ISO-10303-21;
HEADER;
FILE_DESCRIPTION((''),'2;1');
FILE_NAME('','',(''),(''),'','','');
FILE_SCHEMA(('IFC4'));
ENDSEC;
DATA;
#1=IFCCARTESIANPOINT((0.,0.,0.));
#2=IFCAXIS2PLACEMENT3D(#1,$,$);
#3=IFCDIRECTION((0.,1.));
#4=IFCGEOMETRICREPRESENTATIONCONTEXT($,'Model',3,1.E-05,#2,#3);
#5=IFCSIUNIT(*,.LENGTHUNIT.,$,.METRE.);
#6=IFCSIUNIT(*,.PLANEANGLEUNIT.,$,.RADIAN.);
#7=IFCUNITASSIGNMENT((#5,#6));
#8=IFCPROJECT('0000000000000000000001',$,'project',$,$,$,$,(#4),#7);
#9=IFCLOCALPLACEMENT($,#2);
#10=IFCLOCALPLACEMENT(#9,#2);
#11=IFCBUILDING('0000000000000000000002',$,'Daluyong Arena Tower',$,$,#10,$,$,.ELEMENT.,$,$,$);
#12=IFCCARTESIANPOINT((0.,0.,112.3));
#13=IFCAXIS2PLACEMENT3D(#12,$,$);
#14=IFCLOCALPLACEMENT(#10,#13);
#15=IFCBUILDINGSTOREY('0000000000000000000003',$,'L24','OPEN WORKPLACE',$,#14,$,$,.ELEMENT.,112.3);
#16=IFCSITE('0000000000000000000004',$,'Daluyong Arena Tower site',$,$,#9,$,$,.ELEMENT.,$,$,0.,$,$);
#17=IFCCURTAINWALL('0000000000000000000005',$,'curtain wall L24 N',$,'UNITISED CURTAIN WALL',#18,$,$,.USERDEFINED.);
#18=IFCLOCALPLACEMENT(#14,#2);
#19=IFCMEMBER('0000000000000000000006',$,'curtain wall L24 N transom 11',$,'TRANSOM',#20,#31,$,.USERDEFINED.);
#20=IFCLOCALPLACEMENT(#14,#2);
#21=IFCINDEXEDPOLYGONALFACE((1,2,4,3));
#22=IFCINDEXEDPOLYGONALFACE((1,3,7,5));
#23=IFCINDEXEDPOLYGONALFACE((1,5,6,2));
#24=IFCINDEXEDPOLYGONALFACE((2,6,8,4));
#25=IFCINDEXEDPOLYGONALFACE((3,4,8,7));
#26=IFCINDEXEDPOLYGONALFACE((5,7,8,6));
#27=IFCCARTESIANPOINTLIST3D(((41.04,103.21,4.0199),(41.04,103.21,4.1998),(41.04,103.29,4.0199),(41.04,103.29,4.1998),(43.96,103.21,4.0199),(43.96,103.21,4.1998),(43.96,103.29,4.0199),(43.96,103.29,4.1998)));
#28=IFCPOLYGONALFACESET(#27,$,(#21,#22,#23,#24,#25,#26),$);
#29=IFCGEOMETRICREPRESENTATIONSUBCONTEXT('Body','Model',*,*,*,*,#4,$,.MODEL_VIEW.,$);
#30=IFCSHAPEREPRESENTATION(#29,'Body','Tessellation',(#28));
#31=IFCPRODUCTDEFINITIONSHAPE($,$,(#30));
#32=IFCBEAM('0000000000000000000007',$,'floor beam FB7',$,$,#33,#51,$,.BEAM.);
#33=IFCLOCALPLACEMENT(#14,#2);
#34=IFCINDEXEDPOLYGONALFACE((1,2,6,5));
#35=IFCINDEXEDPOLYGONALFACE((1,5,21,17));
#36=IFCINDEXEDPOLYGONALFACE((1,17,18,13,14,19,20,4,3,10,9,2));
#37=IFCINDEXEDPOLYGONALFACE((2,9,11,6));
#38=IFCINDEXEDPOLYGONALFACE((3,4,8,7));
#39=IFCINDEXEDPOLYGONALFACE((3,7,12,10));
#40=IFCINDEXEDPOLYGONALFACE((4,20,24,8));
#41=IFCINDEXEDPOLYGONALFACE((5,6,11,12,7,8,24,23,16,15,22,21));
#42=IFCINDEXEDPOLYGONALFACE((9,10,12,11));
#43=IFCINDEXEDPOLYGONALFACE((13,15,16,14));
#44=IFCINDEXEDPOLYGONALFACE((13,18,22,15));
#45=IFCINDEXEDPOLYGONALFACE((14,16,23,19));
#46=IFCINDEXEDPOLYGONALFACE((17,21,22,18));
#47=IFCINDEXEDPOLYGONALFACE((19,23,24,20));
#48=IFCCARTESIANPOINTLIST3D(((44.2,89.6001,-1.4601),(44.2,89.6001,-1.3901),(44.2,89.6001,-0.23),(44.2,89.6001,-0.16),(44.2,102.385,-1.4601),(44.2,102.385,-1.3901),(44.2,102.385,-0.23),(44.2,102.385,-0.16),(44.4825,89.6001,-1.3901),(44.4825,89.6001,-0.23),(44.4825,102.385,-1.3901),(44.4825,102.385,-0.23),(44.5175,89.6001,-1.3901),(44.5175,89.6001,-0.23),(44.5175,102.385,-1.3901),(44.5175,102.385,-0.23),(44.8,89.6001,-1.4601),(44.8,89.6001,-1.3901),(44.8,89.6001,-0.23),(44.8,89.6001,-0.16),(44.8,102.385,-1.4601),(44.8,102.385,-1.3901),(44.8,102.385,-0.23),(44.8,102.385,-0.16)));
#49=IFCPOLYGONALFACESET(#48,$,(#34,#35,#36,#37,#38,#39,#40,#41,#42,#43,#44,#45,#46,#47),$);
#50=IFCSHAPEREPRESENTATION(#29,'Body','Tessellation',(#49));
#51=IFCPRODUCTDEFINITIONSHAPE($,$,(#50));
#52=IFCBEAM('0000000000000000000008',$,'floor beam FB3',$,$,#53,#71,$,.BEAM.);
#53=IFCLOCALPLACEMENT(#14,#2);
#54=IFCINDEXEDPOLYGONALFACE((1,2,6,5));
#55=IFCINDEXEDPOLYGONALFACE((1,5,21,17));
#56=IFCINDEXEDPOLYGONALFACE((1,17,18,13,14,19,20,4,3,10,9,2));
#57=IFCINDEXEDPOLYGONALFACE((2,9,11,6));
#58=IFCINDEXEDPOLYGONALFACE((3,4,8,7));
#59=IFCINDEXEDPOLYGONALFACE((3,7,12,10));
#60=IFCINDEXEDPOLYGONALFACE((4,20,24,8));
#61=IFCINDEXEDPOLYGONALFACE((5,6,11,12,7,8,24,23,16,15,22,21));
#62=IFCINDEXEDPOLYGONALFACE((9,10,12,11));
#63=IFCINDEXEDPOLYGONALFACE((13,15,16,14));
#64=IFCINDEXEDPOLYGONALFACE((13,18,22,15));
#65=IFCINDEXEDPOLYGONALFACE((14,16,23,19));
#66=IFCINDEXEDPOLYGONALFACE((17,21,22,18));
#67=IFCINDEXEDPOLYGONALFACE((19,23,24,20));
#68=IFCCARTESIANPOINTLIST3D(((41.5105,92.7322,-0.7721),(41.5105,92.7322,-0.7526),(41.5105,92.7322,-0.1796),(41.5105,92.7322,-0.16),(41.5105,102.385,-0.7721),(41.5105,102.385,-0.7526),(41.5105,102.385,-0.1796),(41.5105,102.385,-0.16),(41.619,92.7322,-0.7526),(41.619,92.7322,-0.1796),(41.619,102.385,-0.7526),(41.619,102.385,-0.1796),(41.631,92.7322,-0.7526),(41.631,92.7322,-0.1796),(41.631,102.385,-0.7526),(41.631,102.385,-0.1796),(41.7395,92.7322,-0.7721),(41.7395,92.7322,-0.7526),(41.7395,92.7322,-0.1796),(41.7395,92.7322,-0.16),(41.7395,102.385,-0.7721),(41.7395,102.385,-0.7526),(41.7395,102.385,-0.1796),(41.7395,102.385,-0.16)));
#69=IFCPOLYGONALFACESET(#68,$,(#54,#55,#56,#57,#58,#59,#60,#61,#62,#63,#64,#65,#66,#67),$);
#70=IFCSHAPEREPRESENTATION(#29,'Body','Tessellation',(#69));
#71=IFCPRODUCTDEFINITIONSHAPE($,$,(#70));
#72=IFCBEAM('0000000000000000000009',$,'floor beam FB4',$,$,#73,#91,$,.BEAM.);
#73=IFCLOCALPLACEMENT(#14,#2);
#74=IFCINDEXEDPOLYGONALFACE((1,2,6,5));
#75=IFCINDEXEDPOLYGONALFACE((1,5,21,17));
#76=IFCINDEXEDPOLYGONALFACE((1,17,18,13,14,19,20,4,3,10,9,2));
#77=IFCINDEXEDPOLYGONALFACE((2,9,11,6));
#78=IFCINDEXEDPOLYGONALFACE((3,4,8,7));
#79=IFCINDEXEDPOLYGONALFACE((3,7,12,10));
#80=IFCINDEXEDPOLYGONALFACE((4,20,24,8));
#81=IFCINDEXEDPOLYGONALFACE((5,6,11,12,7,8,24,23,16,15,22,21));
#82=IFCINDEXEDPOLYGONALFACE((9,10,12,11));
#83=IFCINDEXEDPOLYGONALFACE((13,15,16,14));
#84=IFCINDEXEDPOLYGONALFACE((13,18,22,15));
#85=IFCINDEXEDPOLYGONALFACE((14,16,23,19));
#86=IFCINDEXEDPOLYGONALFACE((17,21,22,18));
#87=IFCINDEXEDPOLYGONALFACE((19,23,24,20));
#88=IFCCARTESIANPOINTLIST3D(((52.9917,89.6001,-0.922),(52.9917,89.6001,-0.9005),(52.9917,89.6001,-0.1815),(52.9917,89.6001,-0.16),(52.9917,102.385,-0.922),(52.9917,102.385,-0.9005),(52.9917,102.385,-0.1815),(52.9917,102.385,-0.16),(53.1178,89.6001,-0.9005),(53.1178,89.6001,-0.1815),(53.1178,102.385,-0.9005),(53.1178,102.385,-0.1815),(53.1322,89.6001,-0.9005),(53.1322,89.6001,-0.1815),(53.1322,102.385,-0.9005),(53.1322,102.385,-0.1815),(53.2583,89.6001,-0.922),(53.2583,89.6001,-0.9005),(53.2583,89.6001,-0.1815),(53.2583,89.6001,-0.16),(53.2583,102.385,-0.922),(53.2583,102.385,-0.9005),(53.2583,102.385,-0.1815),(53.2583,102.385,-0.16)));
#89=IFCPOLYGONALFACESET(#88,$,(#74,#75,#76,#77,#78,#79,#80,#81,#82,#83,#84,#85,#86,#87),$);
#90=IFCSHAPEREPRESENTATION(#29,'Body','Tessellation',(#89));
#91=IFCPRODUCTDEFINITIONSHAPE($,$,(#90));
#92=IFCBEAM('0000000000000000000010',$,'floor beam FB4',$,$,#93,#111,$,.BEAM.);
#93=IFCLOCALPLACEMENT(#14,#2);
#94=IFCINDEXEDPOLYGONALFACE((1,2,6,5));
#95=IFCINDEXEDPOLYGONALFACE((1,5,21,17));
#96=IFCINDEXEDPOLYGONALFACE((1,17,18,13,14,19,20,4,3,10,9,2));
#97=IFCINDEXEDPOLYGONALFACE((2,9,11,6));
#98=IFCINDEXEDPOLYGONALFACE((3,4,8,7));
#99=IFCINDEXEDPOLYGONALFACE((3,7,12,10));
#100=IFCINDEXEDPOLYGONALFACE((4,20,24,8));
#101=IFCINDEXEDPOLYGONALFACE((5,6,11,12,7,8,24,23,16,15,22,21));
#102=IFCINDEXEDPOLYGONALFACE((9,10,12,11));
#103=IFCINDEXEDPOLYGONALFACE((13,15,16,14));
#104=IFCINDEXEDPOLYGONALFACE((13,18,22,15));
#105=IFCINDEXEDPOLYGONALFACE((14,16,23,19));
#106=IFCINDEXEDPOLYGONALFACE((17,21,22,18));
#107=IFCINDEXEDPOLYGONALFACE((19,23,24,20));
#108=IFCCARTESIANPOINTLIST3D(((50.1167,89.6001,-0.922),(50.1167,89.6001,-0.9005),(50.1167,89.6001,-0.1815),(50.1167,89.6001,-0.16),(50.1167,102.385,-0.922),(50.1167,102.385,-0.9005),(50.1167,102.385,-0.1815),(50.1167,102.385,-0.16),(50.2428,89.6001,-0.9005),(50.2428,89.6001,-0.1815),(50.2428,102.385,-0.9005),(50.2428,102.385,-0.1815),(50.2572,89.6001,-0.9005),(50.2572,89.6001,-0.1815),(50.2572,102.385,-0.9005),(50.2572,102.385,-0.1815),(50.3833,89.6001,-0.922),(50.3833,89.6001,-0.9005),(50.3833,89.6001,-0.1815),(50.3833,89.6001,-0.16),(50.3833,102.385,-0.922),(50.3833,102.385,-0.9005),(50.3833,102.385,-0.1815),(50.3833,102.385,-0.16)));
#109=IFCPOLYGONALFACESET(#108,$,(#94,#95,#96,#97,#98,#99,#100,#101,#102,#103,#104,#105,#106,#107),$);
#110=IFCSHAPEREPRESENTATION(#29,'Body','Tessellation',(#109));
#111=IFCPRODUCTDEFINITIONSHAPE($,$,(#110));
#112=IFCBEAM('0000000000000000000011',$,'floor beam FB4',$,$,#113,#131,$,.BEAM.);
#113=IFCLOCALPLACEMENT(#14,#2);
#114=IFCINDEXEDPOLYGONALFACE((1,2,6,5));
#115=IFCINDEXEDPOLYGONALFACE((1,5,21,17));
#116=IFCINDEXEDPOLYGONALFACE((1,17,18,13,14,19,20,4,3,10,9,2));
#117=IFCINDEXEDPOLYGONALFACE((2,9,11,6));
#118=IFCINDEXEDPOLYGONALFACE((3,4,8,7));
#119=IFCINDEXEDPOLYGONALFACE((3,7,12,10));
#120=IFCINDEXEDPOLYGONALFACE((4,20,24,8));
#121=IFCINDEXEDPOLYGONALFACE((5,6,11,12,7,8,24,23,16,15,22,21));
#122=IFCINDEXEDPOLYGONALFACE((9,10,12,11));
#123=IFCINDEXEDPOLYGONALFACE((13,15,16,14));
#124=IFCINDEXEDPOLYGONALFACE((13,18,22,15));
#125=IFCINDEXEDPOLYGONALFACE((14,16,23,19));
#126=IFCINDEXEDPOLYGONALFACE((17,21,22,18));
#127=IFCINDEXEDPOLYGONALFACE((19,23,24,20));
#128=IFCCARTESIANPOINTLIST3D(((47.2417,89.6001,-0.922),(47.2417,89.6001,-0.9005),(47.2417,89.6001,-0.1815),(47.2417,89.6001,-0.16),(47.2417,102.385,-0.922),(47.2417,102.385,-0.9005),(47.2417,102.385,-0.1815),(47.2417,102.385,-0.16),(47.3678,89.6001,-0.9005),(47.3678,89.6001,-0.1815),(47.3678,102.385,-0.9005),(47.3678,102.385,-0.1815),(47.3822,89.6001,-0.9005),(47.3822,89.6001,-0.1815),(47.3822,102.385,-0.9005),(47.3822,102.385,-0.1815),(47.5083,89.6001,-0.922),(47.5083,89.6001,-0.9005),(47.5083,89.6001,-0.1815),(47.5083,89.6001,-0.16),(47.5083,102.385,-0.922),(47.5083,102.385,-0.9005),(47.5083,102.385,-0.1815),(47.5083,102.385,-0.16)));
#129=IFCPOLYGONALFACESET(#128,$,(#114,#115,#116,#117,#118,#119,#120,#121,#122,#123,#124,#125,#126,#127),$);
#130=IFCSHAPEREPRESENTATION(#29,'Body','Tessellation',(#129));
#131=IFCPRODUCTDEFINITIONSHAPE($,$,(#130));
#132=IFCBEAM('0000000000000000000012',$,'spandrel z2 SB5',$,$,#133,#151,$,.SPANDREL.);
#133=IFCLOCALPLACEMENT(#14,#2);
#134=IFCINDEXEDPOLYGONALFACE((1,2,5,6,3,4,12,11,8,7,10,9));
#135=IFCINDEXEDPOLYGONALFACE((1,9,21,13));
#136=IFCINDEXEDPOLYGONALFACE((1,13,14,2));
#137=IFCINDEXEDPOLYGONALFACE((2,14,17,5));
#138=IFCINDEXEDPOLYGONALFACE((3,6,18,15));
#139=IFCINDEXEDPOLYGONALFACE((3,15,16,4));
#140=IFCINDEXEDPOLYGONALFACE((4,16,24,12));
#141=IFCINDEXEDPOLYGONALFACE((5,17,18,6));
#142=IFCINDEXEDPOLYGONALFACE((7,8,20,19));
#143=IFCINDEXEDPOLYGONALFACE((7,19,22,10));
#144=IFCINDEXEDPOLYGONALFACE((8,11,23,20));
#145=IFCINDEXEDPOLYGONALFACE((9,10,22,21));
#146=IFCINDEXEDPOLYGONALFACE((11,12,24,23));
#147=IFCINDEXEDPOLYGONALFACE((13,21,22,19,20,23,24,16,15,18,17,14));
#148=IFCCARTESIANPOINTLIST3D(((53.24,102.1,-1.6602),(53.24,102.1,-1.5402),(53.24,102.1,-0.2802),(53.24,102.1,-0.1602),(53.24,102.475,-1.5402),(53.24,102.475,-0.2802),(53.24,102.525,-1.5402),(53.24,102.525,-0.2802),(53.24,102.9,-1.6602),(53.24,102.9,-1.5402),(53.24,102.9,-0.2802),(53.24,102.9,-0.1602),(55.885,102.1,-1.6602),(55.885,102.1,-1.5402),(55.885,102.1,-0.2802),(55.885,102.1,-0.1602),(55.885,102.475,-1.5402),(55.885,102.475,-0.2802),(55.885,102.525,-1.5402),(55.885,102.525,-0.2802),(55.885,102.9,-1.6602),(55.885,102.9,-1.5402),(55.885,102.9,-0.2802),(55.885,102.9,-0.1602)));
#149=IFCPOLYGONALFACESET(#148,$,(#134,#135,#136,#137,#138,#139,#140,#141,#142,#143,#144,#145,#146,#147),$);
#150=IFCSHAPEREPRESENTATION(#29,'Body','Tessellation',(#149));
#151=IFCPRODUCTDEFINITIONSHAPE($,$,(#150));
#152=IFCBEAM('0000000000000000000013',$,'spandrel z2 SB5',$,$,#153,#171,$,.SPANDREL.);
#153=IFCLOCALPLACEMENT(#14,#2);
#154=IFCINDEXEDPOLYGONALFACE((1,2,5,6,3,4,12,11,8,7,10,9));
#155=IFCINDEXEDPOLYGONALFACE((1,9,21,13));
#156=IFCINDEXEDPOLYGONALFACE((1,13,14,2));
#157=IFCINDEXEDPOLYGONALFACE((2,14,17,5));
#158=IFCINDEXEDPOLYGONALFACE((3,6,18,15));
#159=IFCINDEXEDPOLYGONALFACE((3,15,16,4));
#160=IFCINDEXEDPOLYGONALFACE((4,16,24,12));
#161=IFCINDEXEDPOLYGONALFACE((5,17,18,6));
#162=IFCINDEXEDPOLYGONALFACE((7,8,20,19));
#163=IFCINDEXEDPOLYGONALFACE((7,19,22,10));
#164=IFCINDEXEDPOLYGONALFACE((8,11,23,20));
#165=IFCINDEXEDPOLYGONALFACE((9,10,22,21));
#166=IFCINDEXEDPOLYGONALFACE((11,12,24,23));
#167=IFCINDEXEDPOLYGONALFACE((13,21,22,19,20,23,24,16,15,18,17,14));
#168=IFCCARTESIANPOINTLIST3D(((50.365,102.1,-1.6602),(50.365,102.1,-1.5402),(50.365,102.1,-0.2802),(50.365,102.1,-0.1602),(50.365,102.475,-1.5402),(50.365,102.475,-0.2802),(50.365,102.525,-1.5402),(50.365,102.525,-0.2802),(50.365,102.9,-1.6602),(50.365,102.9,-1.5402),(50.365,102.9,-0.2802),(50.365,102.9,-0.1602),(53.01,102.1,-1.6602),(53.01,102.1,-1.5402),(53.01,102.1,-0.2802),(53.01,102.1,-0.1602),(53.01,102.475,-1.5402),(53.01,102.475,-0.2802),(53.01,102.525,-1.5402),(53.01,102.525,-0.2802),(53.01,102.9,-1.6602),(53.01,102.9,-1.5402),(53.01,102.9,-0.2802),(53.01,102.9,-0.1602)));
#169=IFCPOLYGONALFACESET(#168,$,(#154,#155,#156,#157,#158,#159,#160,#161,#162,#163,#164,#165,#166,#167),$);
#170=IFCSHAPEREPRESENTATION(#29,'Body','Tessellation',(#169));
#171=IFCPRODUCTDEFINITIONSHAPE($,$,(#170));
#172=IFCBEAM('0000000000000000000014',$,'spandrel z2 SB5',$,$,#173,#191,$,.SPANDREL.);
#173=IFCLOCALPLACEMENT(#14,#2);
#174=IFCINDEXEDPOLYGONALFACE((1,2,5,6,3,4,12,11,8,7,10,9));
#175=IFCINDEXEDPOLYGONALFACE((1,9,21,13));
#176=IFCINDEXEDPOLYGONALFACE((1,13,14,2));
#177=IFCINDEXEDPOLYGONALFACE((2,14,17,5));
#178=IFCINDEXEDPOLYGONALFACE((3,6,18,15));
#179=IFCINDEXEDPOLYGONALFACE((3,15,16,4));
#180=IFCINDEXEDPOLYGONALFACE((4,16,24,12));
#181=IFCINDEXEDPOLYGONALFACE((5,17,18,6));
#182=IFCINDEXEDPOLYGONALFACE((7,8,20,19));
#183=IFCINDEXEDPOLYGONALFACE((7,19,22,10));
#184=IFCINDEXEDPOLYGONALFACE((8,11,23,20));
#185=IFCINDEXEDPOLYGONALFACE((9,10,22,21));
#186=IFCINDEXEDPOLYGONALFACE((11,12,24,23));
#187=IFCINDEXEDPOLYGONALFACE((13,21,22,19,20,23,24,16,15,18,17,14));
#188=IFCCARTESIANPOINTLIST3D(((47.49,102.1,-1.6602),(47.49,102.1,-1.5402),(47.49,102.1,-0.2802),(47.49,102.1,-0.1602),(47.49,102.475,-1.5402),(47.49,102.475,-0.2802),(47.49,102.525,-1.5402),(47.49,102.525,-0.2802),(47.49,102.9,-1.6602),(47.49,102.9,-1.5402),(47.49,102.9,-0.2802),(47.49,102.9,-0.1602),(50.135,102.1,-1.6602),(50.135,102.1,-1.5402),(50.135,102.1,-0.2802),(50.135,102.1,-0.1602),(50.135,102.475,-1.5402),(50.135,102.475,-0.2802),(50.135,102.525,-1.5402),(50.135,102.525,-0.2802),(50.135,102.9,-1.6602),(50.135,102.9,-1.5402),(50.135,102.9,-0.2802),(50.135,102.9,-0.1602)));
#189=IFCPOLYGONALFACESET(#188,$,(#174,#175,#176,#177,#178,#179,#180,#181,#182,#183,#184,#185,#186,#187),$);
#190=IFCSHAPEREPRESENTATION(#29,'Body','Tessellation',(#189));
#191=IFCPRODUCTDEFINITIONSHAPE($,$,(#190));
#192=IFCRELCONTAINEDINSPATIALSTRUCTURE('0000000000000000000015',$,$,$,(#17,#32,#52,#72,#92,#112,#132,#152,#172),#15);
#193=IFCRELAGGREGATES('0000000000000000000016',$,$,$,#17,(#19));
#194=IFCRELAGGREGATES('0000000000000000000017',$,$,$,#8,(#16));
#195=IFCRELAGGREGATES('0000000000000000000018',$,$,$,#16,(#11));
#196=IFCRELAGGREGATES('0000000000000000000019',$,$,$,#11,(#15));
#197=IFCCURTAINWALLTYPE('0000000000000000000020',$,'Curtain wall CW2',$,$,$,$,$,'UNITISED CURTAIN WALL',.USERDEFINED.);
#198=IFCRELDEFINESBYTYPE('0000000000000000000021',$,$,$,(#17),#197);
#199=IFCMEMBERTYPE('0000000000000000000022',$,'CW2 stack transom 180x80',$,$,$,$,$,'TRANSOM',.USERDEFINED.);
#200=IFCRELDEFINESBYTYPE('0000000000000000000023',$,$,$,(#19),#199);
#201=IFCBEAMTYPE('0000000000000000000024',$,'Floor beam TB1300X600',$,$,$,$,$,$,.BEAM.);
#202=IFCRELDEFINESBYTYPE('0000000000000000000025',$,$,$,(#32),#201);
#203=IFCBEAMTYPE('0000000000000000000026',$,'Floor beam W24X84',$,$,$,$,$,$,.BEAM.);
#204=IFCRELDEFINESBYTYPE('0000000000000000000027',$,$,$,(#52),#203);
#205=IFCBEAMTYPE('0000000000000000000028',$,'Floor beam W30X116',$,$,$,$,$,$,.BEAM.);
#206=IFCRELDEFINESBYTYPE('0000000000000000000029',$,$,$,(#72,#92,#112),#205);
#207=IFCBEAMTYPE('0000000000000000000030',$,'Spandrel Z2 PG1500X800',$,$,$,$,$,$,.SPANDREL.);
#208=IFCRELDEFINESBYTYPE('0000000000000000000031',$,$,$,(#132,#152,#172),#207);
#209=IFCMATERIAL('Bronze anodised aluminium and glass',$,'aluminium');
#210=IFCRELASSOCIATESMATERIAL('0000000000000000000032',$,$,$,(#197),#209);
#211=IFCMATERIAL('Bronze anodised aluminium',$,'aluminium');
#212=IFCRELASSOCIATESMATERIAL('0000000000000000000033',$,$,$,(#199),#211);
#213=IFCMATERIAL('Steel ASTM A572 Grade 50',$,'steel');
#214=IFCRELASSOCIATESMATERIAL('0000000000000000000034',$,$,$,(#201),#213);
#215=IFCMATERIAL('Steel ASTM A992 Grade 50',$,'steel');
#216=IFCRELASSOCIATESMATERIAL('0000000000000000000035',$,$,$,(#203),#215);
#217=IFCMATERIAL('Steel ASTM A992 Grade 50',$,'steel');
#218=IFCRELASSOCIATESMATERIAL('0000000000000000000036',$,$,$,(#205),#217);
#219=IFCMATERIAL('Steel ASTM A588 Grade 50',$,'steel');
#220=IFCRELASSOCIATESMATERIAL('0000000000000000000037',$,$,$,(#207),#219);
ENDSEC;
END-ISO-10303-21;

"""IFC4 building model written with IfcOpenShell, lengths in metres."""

from ifc_helpers import new_model, si_unit, direction, frame, origin, origin_2d, place, context, subcontext, project, spatial, rectangle, i_section, extrude, material, material_profile, profile_set, type_object, element, aggregate, save


model = new_model("IFC4")

# Units and contexts
model_context = context("Model", 3, precision=1e-05, world=origin(), true_north=direction((0.0, 1.0)))
body_context = subcontext(model_context, "Body", "Model", "MODEL_VIEW")
ifc_project = project(units=[si_unit("LENGTHUNIT", "METRE"), si_unit("PLANEANGLEUNIT", "RADIAN")], contexts=[model_context])

# Site, building, storey
site_placement = place(None, origin())
site = spatial("IfcSite", under=ifc_project, at=site_placement, Name="Daluyong Arena Tower site", CompositionType="ELEMENT", RefElevation=0.0)
building_placement = place(site_placement, origin())
building = spatial("IfcBuilding", under=site, at=building_placement, Name="Daluyong Arena Tower", CompositionType="ELEMENT")
storey_placement = place(building_placement, frame((0.0, 0.0, 112.3)))
storey = spatial("IfcBuildingStorey", under=building, at=storey_placement, Name="L24", Description="OPEN WORKPLACE", CompositionType="ELEMENT", Elevation=112.3)

# Curtain wall, member
ifc_material_1 = material(Name="Bronze anodised aluminium and glass", Category="aluminium")
curtain_wall_type = type_object("IfcCurtainWallType", Name="Curtain wall CW2", ElementType="UNITISED CURTAIN WALL", PredefinedType="USERDEFINED", material=ifc_material_1)
curtain_wall_placement = place(storey_placement, origin())
curtain_wall = element("IfcCurtainWall", 1, at=curtain_wall_placement, inside=storey, type_object=curtain_wall_type, Name="curtain wall L24 N", ObjectType="UNITISED CURTAIN WALL", PredefinedType="USERDEFINED")
ifc_material_2 = material(Name="Bronze anodised aluminium", Category="aluminium")
ifc_material_profile_1 = material_profile(ifc_material_2, rectangle(XDim=0.0801, YDim=0.1799, at=origin_2d()))
ifc_profile_set_1 = profile_set([ifc_material_profile_1], Name="Bronze anodised aluminium")
member_type_1 = type_object("IfcMemberType", Name="CW2 stack transom 180x80", ElementType="TRANSOM", PredefinedType="USERDEFINED", material=ifc_profile_set_1)
member_1_placement = place(storey_placement, frame((43.96, 103.25, 4.1099), z_axis=(-1.0, 0.0, 0.0), x_axis=(0.0, -1.0, 0.0)))
member_1 = element("IfcMember", 2, at=member_1_placement, type_object=member_type_1, Name="curtain wall L24 N transom 11", ObjectType="TRANSOM", PredefinedType="USERDEFINED", context=body_context, shape_type="SweptSolid", body=[
    extrude(rectangle(XDim=0.0801, YDim=0.1799, at=origin_2d()), origin(), (0.0, 0.0, 1.0), 2.9199),
])

# Beams
ifc_material_3 = material(Name="Steel ASTM A572 Grade 50", Category="steel")
ifc_material_profile_2 = material_profile(ifc_material_3, i_section(OverallWidth=0.6001, OverallDepth=1.3, WebThickness=0.035, FlangeThickness=0.07, at=origin_2d()))
ifc_profile_set_2 = profile_set([ifc_material_profile_2], Name="Steel ASTM A572 Grade 50")
beam_type_1 = type_object("IfcBeamType", Name="Floor beam TB1300X600", PredefinedType="BEAM", material=ifc_profile_set_2)
beam_1_placement = place(storey_placement, frame((44.5, 102.385, -0.8101), z_axis=(0.0, -1.0, 0.0), x_axis=(1.0, 0.0, 0.0)))
element("IfcBeam", 3, at=beam_1_placement, inside=storey, type_object=beam_type_1, Name="floor beam FB7", PredefinedType="BEAM", context=body_context, shape_type="SweptSolid", body=[
    extrude(i_section(OverallWidth=0.6001, OverallDepth=1.3, WebThickness=0.035, FlangeThickness=0.07, at=origin_2d()), origin(), (0.0, 0.0, 1.0), 12.7849),
])
ifc_material_4 = material(Name="Steel ASTM A992 Grade 50", Category="steel")
ifc_material_profile_3 = material_profile(ifc_material_4, i_section(OverallWidth=0.229, OverallDepth=0.6121, WebThickness=0.012, FlangeThickness=0.0195, at=origin_2d()))
ifc_profile_set_3 = profile_set([ifc_material_profile_3], Name="Steel ASTM A992 Grade 50")
beam_type_2 = type_object("IfcBeamType", Name="Floor beam W24X84", PredefinedType="BEAM", material=ifc_profile_set_3)
beam_2_placement = place(storey_placement, frame((41.625, 102.385, -0.4661), z_axis=(0.0, -1.0, 0.0), x_axis=(1.0, 0.0, 0.0)))
element("IfcBeam", 4, at=beam_2_placement, inside=storey, type_object=beam_type_2, Name="floor beam FB3", PredefinedType="BEAM", context=body_context, shape_type="SweptSolid", body=[
    extrude(i_section(OverallWidth=0.229, OverallDepth=0.6121, WebThickness=0.012, FlangeThickness=0.0195, at=origin_2d()), origin(), (0.0, 0.0, 1.0), 9.6528),
])
ifc_material_5 = material(Name="Steel ASTM A992 Grade 50", Category="steel")
ifc_material_profile_4 = material_profile(ifc_material_5, i_section(OverallWidth=0.2666, OverallDepth=0.762, WebThickness=0.0144, FlangeThickness=0.0215, at=origin_2d()))
ifc_profile_set_4 = profile_set([ifc_material_profile_4], Name="Steel ASTM A992 Grade 50")
beam_type_3 = type_object("IfcBeamType", Name="Floor beam W30X116", PredefinedType="BEAM", material=ifc_profile_set_4)
for number, where, z_axis, x_axis, name in (
    (5, (53.125, 102.385, -0.541), (0.0, -1.0, 0.0), (1.0, 0.0, 0.0), "floor beam FB4"),
    (6, (50.25, 102.385, -0.541), (0.0, -1.0, 0.0), (1.0, 0.0, 0.0), "floor beam FB4"),
    (7, (47.375, 102.385, -0.541), (0.0, -1.0, 0.0), (1.0, 0.0, 0.0), "floor beam FB4"),
):
    element("IfcBeam", number, at=place(storey_placement, frame(where, z_axis=z_axis, x_axis=x_axis)), inside=storey, type_object=beam_type_3, Name=name, PredefinedType="BEAM", context=body_context, shape_type="SweptSolid", body=[
        extrude(i_section(OverallWidth=0.2666, OverallDepth=0.762, WebThickness=0.0144, FlangeThickness=0.0215, at=origin_2d()), origin(), (0.0, 0.0, 1.0), 12.7849),
    ])
ifc_material_6 = material(Name="Steel ASTM A588 Grade 50", Category="steel")
ifc_material_profile_5 = material_profile(ifc_material_6, i_section(OverallWidth=0.8, OverallDepth=1.5, WebThickness=0.05, FlangeThickness=0.12, at=origin_2d()))
ifc_profile_set_5 = profile_set([ifc_material_profile_5], Name="Steel ASTM A588 Grade 50")
beam_type_4 = type_object("IfcBeamType", Name="Spandrel Z2 PG1500X800", PredefinedType="SPANDREL", material=ifc_profile_set_5)
for number, where, z_axis, x_axis, name in (
    (8, (55.885, 102.5, -0.9102), (-1.0, 0.0, 0.0), (0.0, -1.0, 0.0), "spandrel z2 SB5"),
    (9, (53.01, 102.5, -0.9102), (-1.0, 0.0, 0.0), (0.0, -1.0, 0.0), "spandrel z2 SB5"),
    (10, (50.135, 102.5, -0.9102), (-1.0, 0.0, 0.0), (0.0, -1.0, 0.0), "spandrel z2 SB5"),
):
    element("IfcBeam", number, at=place(storey_placement, frame(where, z_axis=z_axis, x_axis=x_axis)), inside=storey, type_object=beam_type_4, Name=name, PredefinedType="SPANDREL", context=body_context, shape_type="SweptSolid", body=[
        extrude(i_section(OverallWidth=0.8, OverallDepth=1.5, WebThickness=0.05, FlangeThickness=0.12, at=origin_2d()), origin(), (0.0, 0.0, 1.0), 2.645),
    ])

aggregate(curtain_wall, [member_1])

save(model, "model.ifc")
